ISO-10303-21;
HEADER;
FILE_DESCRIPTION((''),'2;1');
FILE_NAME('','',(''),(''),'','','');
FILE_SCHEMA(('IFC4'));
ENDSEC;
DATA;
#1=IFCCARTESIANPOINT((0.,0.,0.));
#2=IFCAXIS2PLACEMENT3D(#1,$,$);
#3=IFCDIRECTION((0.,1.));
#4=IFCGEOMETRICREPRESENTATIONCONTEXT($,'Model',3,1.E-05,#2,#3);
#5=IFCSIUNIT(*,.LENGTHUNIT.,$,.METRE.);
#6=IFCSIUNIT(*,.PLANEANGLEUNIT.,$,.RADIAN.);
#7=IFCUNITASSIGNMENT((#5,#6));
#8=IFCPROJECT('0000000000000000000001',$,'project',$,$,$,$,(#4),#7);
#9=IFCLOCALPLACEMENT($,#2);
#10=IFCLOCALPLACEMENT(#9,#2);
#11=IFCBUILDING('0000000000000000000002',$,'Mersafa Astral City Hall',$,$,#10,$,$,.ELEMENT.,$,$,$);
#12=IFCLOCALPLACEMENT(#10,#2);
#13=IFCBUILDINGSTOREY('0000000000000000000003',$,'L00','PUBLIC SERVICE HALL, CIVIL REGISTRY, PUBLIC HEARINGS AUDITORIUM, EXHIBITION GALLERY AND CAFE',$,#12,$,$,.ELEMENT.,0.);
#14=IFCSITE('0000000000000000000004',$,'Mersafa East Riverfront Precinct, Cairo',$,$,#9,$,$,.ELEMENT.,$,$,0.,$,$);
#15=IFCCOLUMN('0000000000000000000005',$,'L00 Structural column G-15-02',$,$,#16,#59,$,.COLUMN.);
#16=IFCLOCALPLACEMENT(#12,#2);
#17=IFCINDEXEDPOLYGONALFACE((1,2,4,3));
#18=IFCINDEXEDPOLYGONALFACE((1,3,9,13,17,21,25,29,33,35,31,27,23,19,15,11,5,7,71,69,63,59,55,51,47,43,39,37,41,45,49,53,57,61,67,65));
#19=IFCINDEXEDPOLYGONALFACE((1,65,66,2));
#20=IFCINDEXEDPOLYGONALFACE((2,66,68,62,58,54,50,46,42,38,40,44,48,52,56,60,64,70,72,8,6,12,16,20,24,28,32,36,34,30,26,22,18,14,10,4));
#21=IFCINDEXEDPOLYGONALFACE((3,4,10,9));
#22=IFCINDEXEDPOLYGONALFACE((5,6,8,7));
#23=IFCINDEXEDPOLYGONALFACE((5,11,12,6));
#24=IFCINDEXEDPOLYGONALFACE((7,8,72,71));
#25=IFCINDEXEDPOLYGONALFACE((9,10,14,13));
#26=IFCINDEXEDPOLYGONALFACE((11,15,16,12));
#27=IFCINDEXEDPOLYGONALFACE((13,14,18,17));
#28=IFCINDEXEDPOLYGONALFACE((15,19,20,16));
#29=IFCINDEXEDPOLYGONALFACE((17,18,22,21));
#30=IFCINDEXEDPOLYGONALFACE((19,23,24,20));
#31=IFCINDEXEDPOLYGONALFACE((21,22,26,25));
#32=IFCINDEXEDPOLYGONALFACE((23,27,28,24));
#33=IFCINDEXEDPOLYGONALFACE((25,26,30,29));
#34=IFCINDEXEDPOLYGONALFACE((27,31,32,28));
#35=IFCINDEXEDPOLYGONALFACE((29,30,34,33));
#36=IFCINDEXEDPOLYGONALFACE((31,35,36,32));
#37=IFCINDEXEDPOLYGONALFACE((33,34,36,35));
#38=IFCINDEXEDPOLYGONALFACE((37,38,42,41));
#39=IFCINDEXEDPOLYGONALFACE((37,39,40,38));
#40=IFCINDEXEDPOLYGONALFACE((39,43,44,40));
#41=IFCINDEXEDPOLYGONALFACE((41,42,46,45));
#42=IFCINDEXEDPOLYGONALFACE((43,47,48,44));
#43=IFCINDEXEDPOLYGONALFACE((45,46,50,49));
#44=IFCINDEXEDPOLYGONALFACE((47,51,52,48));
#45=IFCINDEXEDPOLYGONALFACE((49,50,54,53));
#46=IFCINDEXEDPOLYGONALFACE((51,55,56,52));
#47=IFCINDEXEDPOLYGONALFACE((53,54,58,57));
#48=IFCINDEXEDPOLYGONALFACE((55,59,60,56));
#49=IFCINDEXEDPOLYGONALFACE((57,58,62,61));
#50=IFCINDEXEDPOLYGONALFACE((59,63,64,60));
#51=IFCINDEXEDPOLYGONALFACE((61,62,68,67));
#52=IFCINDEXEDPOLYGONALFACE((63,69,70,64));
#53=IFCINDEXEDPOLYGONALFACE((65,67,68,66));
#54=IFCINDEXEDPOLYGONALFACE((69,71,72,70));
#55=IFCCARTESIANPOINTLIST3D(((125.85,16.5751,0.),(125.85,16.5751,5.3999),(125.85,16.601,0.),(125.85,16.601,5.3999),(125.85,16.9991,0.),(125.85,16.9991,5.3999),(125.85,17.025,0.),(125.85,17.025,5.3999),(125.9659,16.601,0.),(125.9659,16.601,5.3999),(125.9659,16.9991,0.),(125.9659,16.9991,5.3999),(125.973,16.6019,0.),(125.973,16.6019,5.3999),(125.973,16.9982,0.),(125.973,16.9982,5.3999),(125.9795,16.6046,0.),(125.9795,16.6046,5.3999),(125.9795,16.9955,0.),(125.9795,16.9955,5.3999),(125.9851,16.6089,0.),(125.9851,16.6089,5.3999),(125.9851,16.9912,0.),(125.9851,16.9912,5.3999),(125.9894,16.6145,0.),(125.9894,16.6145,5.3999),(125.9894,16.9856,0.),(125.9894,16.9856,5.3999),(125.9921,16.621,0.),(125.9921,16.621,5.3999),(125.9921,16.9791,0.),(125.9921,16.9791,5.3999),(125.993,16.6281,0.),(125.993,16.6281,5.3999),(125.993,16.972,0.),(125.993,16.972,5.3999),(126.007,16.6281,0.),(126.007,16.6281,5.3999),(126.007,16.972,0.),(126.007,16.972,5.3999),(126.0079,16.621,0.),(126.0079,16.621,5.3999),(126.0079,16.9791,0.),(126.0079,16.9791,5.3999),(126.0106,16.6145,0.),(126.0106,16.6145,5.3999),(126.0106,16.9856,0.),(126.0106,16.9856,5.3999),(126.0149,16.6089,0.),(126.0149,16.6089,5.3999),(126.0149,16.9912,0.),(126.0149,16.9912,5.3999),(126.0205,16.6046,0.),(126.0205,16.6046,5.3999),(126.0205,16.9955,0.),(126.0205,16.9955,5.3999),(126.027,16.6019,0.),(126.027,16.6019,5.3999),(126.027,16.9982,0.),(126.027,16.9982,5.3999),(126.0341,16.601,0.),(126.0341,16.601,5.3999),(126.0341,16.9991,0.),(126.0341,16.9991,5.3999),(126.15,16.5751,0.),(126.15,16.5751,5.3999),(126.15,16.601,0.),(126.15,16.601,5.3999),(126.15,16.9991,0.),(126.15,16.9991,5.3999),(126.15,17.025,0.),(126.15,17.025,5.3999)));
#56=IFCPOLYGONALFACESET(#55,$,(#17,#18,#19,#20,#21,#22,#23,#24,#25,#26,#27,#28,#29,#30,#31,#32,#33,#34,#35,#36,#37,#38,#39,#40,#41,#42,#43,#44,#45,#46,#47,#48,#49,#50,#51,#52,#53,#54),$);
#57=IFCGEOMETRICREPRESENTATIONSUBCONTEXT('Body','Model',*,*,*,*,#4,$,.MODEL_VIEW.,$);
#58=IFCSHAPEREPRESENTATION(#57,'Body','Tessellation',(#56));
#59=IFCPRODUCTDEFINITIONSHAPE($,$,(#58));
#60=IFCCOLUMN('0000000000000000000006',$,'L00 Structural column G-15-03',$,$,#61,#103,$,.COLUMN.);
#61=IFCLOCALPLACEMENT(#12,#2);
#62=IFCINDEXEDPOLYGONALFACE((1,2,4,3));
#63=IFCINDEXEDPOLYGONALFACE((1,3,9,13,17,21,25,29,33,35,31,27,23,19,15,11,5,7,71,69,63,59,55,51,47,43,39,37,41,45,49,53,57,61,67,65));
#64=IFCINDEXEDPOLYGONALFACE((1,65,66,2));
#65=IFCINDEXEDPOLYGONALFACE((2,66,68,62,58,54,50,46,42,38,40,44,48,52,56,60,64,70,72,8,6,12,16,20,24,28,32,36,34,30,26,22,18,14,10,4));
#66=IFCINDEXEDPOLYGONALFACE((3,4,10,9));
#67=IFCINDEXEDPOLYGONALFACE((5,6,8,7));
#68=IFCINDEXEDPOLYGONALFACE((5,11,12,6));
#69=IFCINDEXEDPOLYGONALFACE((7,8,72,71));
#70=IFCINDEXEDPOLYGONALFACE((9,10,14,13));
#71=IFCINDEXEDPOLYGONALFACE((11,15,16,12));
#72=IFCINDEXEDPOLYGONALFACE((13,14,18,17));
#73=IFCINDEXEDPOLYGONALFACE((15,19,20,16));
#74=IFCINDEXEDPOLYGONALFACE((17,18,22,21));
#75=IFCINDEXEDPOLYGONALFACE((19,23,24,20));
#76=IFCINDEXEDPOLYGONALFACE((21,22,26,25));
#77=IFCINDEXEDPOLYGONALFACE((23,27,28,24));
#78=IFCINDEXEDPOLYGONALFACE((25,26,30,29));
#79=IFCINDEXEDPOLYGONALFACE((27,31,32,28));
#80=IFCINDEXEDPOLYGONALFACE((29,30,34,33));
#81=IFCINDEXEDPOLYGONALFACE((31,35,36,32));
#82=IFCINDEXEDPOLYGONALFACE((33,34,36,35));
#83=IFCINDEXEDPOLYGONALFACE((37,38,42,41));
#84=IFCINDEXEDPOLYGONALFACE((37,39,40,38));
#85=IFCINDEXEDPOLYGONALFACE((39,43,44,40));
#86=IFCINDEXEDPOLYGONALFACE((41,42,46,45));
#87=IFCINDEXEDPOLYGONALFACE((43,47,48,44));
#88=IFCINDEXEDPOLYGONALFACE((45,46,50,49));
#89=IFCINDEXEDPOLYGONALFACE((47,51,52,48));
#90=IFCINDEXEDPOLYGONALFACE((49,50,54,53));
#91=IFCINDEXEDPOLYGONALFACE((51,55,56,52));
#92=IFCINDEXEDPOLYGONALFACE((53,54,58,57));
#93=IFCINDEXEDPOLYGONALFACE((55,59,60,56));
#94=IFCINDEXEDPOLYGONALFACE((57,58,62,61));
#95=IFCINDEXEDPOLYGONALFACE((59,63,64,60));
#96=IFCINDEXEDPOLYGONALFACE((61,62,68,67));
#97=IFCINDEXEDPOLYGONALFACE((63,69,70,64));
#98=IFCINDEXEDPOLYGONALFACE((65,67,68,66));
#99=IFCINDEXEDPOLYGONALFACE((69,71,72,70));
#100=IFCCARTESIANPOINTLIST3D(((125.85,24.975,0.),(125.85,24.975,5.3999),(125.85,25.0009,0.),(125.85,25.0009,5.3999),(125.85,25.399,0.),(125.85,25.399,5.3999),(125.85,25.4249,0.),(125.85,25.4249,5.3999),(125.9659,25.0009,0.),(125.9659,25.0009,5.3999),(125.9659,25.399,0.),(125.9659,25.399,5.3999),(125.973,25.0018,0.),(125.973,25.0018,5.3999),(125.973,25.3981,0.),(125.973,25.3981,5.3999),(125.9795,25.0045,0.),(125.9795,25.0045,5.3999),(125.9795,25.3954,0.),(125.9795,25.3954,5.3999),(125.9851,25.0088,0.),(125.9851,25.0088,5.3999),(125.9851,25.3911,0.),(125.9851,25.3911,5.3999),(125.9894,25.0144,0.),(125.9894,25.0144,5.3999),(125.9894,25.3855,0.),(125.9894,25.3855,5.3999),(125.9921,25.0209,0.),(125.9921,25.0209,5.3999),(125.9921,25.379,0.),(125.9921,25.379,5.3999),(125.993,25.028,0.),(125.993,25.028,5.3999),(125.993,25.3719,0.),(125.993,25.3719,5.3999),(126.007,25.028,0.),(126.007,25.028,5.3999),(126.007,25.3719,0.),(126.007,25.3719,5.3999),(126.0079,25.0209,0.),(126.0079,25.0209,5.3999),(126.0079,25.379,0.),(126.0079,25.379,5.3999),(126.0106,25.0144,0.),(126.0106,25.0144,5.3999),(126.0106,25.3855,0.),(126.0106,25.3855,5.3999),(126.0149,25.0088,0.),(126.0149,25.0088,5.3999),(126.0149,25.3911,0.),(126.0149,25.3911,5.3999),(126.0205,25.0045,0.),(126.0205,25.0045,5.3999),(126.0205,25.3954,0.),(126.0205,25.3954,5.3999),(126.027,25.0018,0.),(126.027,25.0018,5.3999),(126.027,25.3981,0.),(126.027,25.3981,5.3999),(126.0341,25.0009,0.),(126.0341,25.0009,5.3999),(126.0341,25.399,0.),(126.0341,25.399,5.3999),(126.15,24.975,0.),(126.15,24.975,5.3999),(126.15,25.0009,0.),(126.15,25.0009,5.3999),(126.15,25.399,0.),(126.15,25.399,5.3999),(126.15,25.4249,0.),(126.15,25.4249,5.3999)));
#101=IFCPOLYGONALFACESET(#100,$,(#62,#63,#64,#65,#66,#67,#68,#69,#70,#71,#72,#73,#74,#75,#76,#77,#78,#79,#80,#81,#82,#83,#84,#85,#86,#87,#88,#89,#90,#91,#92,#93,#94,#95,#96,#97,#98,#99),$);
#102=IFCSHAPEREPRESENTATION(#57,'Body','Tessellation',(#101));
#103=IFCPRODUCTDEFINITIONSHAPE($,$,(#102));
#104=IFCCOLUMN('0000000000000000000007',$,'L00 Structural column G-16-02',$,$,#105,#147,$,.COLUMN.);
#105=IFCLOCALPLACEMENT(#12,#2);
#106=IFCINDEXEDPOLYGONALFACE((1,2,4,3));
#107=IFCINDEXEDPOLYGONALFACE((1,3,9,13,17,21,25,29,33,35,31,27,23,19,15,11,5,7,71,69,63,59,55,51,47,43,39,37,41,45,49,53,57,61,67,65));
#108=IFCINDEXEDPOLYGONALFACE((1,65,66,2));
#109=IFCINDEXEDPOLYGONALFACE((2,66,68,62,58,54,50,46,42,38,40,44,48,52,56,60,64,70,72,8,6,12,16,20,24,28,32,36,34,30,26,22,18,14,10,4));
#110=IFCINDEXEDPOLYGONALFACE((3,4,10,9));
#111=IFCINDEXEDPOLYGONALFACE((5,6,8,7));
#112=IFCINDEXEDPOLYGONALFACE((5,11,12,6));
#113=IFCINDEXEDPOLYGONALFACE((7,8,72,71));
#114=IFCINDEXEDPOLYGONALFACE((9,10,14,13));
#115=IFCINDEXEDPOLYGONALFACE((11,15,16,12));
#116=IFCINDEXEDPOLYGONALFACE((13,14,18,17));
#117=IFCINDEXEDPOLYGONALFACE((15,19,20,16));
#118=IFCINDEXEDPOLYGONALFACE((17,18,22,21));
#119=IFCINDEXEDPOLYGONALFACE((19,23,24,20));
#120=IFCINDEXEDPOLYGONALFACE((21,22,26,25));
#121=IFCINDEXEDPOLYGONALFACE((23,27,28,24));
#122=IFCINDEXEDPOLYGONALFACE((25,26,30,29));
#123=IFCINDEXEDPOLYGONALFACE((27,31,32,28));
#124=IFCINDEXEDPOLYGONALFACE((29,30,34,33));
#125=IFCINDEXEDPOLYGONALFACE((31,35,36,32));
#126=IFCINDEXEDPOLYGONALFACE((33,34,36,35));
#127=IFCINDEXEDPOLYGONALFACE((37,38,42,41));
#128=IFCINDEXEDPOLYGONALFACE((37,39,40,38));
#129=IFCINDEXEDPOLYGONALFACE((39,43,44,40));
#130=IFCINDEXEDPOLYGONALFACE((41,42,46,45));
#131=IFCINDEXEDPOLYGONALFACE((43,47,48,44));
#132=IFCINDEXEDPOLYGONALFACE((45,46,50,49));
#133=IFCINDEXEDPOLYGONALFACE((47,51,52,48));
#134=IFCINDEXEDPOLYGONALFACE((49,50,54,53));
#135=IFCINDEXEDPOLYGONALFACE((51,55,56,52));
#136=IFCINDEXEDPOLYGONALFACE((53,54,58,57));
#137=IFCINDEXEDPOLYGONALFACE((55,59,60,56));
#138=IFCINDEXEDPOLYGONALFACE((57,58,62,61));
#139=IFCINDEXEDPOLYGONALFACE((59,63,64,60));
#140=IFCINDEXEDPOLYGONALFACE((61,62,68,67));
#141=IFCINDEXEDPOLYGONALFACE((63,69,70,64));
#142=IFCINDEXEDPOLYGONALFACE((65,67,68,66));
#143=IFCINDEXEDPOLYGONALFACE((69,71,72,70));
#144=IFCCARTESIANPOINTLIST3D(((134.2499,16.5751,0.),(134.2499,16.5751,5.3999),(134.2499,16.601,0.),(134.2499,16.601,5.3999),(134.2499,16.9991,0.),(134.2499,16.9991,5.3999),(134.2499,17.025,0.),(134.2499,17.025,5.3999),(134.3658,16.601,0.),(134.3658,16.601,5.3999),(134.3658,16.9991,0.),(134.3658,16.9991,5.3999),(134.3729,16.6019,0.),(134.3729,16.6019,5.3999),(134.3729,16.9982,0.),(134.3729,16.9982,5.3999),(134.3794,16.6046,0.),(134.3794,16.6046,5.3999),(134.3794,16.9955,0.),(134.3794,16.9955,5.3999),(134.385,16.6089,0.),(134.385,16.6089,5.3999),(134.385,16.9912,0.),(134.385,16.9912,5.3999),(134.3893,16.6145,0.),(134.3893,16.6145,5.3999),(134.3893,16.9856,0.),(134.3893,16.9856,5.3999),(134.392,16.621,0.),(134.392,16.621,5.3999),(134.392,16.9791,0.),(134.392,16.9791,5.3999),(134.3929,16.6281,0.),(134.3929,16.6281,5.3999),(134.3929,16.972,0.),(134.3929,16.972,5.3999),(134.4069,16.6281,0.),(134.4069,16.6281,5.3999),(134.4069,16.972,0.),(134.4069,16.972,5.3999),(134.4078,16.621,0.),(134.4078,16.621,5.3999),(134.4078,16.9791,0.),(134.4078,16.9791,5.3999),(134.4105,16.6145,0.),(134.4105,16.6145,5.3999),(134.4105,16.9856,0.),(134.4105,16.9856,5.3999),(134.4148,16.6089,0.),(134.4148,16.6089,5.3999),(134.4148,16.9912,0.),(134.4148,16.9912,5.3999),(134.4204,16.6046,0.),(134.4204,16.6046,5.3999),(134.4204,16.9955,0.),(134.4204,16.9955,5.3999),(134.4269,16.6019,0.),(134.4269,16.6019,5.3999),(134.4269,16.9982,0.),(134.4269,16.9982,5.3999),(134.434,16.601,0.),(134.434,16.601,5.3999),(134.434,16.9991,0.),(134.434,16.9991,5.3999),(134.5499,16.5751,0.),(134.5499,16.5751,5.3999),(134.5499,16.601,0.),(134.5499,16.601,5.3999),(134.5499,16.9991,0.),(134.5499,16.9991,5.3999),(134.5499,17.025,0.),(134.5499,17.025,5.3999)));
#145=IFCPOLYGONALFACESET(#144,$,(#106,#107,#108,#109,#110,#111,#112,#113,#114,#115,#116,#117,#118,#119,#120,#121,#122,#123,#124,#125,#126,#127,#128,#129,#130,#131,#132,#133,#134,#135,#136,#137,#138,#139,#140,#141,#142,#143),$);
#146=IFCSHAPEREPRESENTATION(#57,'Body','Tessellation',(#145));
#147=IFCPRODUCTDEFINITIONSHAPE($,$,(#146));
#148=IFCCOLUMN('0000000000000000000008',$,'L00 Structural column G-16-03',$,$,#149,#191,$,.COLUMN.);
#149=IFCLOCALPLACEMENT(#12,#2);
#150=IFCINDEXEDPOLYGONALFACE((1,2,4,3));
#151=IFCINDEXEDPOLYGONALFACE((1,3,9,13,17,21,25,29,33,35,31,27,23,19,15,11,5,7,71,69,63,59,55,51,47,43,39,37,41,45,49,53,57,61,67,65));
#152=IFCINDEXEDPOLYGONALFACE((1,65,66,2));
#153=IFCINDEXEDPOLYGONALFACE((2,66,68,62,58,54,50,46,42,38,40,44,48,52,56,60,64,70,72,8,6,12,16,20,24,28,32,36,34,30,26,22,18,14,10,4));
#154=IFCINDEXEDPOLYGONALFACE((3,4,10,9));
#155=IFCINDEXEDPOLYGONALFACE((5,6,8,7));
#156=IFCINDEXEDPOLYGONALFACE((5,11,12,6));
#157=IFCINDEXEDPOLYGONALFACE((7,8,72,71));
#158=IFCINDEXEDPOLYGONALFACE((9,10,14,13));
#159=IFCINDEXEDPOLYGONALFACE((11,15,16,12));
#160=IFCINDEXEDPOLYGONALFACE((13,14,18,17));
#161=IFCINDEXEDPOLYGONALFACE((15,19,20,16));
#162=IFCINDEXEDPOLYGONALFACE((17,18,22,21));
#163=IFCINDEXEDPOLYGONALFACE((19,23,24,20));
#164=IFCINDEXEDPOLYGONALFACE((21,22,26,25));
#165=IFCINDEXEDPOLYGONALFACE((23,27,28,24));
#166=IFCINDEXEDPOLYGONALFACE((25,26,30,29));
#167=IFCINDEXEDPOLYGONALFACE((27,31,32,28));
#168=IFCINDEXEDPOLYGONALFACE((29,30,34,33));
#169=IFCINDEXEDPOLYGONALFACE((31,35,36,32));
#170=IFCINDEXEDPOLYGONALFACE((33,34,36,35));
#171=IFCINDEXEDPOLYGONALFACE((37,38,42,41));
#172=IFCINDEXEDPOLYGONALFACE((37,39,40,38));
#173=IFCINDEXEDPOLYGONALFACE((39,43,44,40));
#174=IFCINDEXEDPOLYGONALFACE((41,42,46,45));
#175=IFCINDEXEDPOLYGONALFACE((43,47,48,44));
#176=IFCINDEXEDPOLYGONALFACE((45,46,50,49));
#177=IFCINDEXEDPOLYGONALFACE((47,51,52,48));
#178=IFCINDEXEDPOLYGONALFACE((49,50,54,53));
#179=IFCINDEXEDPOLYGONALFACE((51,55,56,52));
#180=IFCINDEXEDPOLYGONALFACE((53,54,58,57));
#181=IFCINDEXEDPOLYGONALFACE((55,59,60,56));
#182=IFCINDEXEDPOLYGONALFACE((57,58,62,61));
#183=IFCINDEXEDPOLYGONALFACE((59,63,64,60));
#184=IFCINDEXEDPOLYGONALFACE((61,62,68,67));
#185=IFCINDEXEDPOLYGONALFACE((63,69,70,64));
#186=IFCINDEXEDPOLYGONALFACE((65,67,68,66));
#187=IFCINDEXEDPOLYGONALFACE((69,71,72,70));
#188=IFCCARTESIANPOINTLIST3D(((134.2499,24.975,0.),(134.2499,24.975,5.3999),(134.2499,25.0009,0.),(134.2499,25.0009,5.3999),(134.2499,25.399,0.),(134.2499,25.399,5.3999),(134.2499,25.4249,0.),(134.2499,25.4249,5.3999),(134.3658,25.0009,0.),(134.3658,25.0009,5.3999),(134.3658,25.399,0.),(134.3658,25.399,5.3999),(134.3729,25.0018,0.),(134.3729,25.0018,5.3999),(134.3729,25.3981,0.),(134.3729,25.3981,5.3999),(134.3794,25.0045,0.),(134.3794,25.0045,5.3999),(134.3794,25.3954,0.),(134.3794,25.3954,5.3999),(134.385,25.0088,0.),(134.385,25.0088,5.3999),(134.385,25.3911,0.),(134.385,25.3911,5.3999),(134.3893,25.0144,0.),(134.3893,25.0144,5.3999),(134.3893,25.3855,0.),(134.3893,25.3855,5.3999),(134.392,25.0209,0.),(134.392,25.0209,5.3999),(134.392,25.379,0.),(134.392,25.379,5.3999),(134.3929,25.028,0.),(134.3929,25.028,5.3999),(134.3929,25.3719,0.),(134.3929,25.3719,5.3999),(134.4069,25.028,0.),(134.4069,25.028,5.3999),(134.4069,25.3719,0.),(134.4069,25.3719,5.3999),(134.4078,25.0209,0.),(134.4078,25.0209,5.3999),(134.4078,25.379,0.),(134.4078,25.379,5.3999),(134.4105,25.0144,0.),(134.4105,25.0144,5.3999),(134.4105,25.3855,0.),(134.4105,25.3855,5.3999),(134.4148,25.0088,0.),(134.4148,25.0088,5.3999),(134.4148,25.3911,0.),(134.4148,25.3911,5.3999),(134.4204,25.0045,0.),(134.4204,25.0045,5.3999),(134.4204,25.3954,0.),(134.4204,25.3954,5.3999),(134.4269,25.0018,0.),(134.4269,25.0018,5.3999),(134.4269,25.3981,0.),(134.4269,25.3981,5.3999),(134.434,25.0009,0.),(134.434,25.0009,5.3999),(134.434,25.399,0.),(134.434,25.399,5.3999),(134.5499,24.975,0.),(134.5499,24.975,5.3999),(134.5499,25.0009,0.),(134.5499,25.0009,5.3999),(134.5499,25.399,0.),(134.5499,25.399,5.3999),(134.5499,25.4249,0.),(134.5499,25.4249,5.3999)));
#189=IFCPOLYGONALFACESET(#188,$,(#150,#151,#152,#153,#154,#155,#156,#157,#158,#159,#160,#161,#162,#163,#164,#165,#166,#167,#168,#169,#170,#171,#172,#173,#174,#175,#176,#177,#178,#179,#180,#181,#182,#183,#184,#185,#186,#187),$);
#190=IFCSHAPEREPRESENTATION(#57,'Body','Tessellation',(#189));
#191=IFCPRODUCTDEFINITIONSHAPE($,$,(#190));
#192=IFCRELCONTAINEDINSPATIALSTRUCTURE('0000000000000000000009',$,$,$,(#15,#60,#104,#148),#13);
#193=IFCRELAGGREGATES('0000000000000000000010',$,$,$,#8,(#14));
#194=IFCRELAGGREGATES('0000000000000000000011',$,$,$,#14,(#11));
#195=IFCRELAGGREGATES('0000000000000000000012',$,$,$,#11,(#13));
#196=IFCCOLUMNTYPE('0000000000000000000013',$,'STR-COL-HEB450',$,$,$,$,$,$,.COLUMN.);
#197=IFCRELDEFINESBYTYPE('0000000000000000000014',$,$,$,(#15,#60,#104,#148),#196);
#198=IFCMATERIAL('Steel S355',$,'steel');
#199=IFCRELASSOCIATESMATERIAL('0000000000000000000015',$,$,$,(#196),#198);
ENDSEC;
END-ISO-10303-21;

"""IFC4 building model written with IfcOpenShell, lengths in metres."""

from ifc_helpers import new_model, si_unit, direction, frame, origin, origin_2d, place, context, subcontext, project, spatial, i_section, extrude, material, material_profile, profile_set, type_object, element, save


model = new_model("IFC4")

# Units and contexts
model_context = context("Model", 3, precision=1e-05, world=origin(), true_north=direction((0.0, 1.0)))
body_context = subcontext(model_context, "Body", "Model", "MODEL_VIEW")
ifc_project = project(units=[si_unit("LENGTHUNIT", "METRE"), si_unit("PLANEANGLEUNIT", "RADIAN")], contexts=[model_context])

# Site, building, storey
site_placement = place(None, origin())
site = spatial("IfcSite", under=ifc_project, at=site_placement, Name="Mersafa East Riverfront Precinct, Cairo", CompositionType="ELEMENT", RefElevation=0.0)
building_placement = place(site_placement, origin())
building = spatial("IfcBuilding", under=site, at=building_placement, Name="Mersafa Astral City Hall", CompositionType="ELEMENT")
storey_placement = place(building_placement, origin())
storey = spatial("IfcBuildingStorey", under=building, at=storey_placement, Name="L00", Description="PUBLIC SERVICE HALL, CIVIL REGISTRY, PUBLIC HEARINGS AUDITORIUM, EXHIBITION GALLERY AND CAFE", CompositionType="ELEMENT", Elevation=0.0)

# Columns
ifc_material_1 = material(Name="Steel S355", Category="steel")
ifc_material_profile_1 = material_profile(ifc_material_1, i_section(OverallWidth=0.3, OverallDepth=0.45, WebThickness=0.0139, FlangeThickness=0.0259, FilletRadius=0.0271, at=origin_2d()), Name="HEB 450")
ifc_profile_set_1 = profile_set([ifc_material_profile_1], Name="Steel S355")
column_type = type_object("IfcColumnType", Name="STR-COL-HEB450", PredefinedType="COLUMN", material=ifc_profile_set_1)
for number, where, z_axis, x_axis, name in (
    (1, (126.0, 16.8, 0.0), (0.0, 0.0, 1.0), (1.0, 0.0, 0.0), "L00 Structural column G-15-02"),
    (2, (126.0, 25.2, 0.0), (0.0, 0.0, 1.0), (1.0, 0.0, 0.0), "L00 Structural column G-15-03"),
    (3, (134.3999, 16.8, 0.0), (0.0, 0.0, 1.0), (1.0, 0.0, 0.0), "L00 Structural column G-16-02"),
    (4, (134.3999, 25.2, 0.0), (0.0, 0.0, 1.0), (1.0, 0.0, 0.0), "L00 Structural column G-16-03"),
):
    element("IfcColumn", number, at=place(storey_placement, frame(where, z_axis=z_axis, x_axis=x_axis)), inside=storey, type_object=column_type, Name=name, PredefinedType="COLUMN", context=body_context, shape_type="SweptSolid", body=[
        extrude(i_section(OverallWidth=0.3, OverallDepth=0.45, WebThickness=0.0139, FlangeThickness=0.0259, FilletRadius=0.0271, at=origin_2d()), origin(), (0.0, 0.0, 1.0), 5.3999),
    ])

save(model, "model.ifc")
